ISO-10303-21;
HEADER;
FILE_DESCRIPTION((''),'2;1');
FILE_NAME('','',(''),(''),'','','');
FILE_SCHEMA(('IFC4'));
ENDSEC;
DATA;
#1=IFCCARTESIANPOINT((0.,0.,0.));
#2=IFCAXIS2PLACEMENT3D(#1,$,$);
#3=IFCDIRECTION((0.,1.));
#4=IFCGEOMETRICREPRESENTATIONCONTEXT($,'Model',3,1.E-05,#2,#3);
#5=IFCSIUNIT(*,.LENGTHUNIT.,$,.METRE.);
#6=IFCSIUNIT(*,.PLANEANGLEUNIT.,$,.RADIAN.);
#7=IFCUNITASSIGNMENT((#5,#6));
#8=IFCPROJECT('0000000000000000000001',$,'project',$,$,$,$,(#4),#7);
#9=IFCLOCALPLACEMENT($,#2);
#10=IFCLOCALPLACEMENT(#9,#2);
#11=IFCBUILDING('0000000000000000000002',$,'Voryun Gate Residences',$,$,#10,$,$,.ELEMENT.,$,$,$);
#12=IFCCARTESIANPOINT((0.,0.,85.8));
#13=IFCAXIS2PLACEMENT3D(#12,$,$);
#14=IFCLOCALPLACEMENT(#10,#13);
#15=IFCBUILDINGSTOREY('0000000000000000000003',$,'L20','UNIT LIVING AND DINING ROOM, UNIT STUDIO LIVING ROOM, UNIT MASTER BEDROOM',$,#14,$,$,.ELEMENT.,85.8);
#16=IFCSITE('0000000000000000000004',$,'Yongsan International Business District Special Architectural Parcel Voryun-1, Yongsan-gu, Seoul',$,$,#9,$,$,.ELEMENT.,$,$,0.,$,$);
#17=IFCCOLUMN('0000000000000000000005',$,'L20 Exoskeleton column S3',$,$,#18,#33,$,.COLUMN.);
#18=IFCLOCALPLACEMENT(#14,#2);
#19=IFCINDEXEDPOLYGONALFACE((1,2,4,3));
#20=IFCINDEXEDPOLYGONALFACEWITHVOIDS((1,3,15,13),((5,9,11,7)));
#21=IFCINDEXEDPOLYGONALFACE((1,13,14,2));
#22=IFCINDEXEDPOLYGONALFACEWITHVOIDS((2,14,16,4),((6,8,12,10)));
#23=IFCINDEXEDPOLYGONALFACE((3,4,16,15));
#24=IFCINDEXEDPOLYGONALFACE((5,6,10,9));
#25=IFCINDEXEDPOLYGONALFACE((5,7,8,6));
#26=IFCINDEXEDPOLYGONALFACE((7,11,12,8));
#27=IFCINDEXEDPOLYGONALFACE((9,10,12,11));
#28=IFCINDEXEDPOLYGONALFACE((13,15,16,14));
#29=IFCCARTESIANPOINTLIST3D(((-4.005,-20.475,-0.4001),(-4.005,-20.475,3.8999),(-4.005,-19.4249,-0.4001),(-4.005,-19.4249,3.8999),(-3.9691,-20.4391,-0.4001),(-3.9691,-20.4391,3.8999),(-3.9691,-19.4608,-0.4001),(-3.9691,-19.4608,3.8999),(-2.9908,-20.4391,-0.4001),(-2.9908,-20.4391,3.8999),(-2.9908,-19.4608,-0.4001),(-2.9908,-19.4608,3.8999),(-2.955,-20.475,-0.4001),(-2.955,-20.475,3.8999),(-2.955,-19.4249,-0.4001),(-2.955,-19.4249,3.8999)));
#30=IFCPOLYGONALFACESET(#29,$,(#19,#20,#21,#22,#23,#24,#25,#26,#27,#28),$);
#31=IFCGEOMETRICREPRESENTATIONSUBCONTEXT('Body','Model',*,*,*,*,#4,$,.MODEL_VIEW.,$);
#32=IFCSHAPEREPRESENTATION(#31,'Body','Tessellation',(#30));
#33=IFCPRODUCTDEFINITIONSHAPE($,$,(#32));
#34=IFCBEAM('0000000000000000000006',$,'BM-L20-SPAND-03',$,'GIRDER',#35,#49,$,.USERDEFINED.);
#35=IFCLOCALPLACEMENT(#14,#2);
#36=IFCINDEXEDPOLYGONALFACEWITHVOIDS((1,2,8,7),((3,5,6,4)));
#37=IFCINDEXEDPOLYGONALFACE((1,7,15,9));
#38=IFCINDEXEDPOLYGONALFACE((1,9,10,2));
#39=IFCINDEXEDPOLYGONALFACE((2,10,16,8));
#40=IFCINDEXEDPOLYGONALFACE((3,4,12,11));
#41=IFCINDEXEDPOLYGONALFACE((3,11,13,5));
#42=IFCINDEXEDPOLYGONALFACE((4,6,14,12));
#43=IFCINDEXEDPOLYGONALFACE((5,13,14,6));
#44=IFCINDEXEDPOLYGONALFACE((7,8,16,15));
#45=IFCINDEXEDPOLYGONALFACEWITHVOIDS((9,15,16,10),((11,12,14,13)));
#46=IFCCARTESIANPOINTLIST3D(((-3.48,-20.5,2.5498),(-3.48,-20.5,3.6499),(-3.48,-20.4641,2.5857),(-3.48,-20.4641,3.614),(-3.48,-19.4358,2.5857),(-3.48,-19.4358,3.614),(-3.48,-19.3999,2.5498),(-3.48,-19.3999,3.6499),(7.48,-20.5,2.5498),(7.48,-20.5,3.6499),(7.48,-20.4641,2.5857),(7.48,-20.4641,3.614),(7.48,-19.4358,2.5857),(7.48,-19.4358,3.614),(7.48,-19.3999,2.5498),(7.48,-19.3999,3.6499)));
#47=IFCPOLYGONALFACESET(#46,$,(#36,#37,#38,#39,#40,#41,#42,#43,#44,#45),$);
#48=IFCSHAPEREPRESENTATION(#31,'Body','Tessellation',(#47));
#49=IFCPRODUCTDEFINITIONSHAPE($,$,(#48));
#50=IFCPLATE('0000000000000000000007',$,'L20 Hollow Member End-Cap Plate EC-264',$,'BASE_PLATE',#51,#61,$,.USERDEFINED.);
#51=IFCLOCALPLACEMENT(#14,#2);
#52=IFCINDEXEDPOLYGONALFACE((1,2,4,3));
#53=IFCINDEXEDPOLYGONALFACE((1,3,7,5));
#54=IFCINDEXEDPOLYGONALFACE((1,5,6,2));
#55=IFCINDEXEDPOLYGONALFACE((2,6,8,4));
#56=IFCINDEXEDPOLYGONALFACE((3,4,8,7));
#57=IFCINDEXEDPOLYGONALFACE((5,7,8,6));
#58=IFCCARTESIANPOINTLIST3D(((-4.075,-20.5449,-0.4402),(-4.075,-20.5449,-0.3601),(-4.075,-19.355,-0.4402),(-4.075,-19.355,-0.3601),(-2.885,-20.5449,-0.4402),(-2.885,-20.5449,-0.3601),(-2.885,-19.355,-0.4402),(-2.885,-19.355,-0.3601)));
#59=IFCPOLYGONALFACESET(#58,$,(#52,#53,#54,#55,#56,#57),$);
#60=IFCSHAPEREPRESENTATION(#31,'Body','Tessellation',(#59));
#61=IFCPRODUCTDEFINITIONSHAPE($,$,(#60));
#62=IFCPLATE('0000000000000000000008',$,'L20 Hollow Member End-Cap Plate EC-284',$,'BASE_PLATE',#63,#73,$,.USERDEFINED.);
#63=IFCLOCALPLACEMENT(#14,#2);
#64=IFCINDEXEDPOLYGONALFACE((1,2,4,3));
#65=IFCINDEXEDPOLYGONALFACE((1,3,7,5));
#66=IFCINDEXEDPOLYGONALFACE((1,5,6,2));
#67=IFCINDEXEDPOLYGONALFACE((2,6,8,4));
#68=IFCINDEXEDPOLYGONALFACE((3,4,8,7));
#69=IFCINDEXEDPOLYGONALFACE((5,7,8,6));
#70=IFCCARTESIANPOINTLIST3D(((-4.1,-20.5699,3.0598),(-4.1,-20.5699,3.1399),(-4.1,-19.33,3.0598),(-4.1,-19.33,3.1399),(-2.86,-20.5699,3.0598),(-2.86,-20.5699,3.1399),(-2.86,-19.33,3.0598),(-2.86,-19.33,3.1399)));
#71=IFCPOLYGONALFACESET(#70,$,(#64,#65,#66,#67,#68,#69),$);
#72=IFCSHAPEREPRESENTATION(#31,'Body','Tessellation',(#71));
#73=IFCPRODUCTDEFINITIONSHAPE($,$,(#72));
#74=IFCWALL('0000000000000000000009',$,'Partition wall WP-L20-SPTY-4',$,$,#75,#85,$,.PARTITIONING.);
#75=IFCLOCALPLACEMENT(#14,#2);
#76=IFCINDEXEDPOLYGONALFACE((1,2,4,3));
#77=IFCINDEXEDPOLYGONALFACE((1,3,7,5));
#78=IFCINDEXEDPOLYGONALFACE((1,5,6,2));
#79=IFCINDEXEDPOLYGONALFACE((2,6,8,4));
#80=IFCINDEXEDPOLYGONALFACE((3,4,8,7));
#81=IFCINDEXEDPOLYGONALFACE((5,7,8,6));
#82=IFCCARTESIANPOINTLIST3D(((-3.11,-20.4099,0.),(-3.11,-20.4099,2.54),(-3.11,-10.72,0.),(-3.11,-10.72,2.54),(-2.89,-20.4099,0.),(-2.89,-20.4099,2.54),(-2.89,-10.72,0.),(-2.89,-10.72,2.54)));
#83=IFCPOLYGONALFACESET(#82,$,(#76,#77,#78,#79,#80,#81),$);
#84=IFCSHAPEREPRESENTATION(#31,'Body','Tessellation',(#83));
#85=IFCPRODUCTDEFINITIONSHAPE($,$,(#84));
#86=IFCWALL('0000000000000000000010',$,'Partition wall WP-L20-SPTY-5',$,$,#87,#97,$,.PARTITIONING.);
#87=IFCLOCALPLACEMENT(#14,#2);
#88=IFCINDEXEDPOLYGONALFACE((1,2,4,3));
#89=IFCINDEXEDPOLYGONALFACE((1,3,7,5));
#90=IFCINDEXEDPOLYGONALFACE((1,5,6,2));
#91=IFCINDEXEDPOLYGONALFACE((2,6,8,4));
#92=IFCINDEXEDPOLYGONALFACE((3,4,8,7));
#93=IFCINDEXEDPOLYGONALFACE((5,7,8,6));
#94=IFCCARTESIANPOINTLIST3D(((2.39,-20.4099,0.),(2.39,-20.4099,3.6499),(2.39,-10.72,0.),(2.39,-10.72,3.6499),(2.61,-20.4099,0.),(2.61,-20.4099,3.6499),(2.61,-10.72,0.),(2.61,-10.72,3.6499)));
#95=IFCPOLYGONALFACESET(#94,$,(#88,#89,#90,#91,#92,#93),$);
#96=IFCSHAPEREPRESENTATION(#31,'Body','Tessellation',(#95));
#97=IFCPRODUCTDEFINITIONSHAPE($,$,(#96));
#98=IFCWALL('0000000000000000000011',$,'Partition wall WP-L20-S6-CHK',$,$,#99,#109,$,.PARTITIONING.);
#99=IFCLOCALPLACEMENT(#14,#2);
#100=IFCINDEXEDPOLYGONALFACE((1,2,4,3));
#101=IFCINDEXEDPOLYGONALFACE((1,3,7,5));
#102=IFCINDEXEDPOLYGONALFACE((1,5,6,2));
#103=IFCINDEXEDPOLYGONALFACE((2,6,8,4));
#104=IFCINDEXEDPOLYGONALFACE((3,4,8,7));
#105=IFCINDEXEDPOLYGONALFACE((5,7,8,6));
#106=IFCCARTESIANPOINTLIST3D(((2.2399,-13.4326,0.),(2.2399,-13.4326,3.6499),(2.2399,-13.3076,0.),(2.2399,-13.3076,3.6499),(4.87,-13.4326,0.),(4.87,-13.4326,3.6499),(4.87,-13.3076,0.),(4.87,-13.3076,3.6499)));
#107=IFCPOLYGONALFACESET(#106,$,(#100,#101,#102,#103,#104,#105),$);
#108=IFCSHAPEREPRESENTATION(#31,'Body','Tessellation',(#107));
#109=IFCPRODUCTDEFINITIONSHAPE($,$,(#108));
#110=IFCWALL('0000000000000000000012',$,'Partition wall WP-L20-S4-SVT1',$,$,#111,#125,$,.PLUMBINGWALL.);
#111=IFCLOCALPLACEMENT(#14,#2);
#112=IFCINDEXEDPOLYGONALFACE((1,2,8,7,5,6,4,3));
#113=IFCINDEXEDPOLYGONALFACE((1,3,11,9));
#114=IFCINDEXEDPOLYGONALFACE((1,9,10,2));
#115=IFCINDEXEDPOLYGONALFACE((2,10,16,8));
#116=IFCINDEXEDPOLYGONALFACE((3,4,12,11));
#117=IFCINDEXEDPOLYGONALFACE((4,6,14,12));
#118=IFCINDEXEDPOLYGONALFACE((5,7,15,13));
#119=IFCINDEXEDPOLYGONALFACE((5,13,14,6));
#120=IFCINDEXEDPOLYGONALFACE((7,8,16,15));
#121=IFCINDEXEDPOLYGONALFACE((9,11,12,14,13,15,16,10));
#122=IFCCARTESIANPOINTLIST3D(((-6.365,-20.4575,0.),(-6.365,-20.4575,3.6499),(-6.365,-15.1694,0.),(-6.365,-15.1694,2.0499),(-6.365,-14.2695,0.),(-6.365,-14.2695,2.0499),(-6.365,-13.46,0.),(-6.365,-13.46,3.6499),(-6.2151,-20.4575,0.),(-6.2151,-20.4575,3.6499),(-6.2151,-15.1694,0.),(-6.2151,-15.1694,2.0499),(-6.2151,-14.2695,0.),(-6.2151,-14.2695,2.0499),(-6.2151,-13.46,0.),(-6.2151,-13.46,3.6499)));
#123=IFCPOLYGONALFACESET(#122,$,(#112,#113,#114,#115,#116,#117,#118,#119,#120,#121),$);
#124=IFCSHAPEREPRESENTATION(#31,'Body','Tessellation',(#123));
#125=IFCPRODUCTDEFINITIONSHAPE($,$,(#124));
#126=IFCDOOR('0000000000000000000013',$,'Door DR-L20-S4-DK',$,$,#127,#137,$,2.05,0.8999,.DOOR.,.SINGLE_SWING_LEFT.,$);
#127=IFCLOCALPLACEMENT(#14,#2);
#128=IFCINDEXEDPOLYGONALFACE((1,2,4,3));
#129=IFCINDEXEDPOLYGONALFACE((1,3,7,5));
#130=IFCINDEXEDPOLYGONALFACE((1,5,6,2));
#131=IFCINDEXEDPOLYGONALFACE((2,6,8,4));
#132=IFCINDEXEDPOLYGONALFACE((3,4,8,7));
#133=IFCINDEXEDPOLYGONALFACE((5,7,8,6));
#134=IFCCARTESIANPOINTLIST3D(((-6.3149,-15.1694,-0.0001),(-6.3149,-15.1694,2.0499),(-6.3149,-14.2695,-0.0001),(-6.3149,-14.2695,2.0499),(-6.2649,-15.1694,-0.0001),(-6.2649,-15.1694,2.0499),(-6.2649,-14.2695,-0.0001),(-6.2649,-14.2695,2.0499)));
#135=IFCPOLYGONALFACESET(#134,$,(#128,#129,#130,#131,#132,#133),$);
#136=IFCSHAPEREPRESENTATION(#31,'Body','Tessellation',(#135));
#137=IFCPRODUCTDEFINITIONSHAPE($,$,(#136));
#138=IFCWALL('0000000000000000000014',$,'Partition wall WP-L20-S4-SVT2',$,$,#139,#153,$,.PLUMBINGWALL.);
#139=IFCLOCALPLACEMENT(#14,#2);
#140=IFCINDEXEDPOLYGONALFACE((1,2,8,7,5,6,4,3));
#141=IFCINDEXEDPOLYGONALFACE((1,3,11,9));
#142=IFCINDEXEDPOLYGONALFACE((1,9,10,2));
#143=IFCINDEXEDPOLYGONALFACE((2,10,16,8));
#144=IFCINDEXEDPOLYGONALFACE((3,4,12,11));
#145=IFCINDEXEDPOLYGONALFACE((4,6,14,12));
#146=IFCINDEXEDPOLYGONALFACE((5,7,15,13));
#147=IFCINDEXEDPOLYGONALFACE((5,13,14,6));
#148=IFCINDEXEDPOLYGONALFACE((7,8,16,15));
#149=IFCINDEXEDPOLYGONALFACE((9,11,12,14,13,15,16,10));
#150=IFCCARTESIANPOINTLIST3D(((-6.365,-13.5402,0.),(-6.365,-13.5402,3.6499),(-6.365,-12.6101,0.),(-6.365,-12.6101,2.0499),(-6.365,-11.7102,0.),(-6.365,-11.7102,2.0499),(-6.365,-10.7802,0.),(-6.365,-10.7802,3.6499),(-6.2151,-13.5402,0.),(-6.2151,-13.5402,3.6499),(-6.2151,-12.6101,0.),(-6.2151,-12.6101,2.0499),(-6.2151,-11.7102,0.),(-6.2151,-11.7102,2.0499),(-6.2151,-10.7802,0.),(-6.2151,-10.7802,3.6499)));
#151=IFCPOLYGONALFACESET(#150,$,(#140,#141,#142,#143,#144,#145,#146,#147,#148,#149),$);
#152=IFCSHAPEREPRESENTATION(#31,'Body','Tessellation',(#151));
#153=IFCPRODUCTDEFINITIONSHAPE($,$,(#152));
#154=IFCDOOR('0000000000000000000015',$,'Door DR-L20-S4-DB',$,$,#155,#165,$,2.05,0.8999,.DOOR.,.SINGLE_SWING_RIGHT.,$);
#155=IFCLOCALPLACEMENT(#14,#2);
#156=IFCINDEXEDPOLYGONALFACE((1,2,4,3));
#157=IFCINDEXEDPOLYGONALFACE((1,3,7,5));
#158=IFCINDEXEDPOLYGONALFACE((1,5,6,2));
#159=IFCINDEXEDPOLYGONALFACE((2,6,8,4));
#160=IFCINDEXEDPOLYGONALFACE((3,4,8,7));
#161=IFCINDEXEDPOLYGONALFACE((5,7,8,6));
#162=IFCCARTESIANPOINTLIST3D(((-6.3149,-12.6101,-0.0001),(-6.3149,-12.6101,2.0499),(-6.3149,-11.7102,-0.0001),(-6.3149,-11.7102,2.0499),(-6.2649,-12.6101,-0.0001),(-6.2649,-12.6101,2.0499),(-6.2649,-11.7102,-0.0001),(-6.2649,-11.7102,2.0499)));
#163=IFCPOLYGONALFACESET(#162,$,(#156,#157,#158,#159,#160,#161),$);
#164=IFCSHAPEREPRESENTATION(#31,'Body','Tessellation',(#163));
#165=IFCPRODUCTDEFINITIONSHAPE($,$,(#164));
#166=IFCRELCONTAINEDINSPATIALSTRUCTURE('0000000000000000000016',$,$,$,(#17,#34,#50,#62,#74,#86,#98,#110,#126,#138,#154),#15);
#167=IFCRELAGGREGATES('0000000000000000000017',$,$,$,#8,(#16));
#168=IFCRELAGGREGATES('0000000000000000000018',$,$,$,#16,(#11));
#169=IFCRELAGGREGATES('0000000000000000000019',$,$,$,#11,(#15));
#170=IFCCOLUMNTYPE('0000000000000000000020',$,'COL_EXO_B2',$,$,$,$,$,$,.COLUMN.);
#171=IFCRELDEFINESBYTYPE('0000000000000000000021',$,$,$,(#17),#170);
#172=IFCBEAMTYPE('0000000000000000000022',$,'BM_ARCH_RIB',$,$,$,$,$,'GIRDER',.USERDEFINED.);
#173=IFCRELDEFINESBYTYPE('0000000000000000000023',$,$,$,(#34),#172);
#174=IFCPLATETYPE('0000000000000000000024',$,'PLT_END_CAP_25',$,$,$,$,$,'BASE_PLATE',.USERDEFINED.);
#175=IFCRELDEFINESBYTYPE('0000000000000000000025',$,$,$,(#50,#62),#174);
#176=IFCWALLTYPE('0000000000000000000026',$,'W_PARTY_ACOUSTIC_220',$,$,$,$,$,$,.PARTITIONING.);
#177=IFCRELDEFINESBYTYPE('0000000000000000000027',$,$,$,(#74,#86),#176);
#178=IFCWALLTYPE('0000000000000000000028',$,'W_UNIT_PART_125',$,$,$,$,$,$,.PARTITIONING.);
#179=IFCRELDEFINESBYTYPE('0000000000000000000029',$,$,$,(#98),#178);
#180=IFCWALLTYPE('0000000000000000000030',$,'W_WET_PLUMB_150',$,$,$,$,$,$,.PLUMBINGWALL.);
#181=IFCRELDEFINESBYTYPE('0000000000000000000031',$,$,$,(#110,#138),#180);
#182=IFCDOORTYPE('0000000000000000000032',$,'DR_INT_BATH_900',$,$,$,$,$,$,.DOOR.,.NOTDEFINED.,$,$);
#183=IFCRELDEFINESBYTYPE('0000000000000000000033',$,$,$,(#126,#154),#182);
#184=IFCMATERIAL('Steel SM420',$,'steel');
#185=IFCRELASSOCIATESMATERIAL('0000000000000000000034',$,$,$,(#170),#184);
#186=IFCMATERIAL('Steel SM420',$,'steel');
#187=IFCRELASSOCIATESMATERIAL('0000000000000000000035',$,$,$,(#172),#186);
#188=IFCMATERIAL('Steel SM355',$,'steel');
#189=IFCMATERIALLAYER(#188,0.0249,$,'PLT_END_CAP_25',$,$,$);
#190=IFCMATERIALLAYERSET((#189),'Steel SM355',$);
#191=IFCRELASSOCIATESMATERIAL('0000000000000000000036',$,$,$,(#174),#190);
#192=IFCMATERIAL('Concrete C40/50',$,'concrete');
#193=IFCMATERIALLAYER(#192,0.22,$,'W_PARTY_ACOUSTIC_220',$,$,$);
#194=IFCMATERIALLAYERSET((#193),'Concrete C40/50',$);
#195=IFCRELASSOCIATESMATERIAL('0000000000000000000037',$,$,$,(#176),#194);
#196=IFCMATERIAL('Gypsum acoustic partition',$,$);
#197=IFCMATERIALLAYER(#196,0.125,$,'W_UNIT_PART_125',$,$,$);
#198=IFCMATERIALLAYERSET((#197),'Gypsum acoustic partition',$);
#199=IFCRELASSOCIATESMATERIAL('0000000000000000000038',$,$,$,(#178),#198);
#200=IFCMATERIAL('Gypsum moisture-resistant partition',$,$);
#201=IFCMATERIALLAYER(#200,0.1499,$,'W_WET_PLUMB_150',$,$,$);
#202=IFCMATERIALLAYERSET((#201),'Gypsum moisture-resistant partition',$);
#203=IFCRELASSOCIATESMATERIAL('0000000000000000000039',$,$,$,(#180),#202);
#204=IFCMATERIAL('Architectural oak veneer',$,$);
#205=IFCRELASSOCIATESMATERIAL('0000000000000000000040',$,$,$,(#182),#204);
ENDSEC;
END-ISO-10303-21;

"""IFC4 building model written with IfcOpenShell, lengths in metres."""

from ifc_helpers import new_model, si_unit, direction, frame, frame_2d, origin, origin_2d, place, context, subcontext, project, spatial, rectangle, hollow_rectangle, extrude, material, layer, layer_set, material_profile, profile_set, type_object, element, fill, save


model = new_model("IFC4")

# Units and contexts
model_context = context("Model", 3, precision=1e-05, world=origin(), true_north=direction((0.0, 1.0)))
body_context = subcontext(model_context, "Body", "Model", "MODEL_VIEW")
ifc_project = project(units=[si_unit("LENGTHUNIT", "METRE"), si_unit("PLANEANGLEUNIT", "RADIAN")], contexts=[model_context])

# Site, building, storey
site_placement = place(None, origin())
site = spatial("IfcSite", under=ifc_project, at=site_placement, Name="Yongsan International Business District Special Architectural Parcel Voryun-1, Yongsan-gu, Seoul", CompositionType="ELEMENT", RefElevation=0.0)
building_placement = place(site_placement, origin())
building = spatial("IfcBuilding", under=site, at=building_placement, Name="Voryun Gate Residences", CompositionType="ELEMENT")
storey_placement = place(building_placement, frame((0.0, 0.0, 85.8)))
storey = spatial("IfcBuildingStorey", under=building, at=storey_placement, Name="L20", Description="UNIT LIVING AND DINING ROOM, UNIT STUDIO LIVING ROOM, UNIT MASTER BEDROOM", CompositionType="ELEMENT", Elevation=85.8)

# Column
ifc_material_1 = material(Name="Steel SM420", Category="steel")
ifc_material_profile_1 = material_profile(ifc_material_1, hollow_rectangle(XDim=1.05, YDim=1.05, WallThickness=0.0359, at=origin_2d()), Name="BOX-1050x1050x36")
ifc_profile_set_1 = profile_set([ifc_material_profile_1], Name="Steel SM420")
column_type = type_object("IfcColumnType", Name="COL_EXO_B2", PredefinedType="COLUMN", material=ifc_profile_set_1)
column_placement = place(storey_placement, frame((-3.48, -19.95, -0.4001), z_axis=(0.0, 0.0, 1.0), x_axis=(1.0, 0.0, 0.0)))
element("IfcColumn", 1, at=column_placement, inside=storey, type_object=column_type, Name="L20 Exoskeleton column S3", PredefinedType="COLUMN", context=body_context, shape_type="SweptSolid", body=[
    extrude(hollow_rectangle(XDim=1.05, YDim=1.05, WallThickness=0.0359, at=origin_2d()), origin(), (0.0, 0.0, 1.0), 4.3),
])

# Beam
ifc_material_2 = material(Name="Steel SM420", Category="steel")
ifc_material_profile_2 = material_profile(ifc_material_2, hollow_rectangle(XDim=1.1001, YDim=1.1001, WallThickness=0.0359, at=origin_2d()), Name="BOX-1100x1100x36")
ifc_profile_set_2 = profile_set([ifc_material_profile_2], Name="Steel SM420")
beam_type = type_object("IfcBeamType", Name="BM_ARCH_RIB", ElementType="GIRDER", PredefinedType="USERDEFINED", material=ifc_profile_set_2)
beam_placement = place(storey_placement, frame((-3.48, -19.95, 3.0999), z_axis=(1.0, 0.0, 0.0), x_axis=(0.0, 1.0, 0.0)))
element("IfcBeam", 2, at=beam_placement, inside=storey, type_object=beam_type, Name="BM-L20-SPAND-03", ObjectType="GIRDER", PredefinedType="USERDEFINED", context=body_context, shape_type="SweptSolid", body=[
    extrude(hollow_rectangle(XDim=1.1001, YDim=1.1001, WallThickness=0.0359, at=origin_2d()), origin(), (0.0, 0.0, 1.0), 10.96),
])

# Plates
ifc_material_3 = material(Name="Steel SM355", Category="steel")
ifc_layer_1 = layer(ifc_material_3, 0.0249, Name="PLT_END_CAP_25")
ifc_layer_set_1 = layer_set([ifc_layer_1], Name="Steel SM355")
plate_type = type_object("IfcPlateType", Name="PLT_END_CAP_25", ElementType="BASE_PLATE", PredefinedType="USERDEFINED", material=ifc_layer_set_1)
plate_1_placement = place(storey_placement, frame((-3.48, -19.95, -0.4402), z_axis=(0.0, 0.0, 1.0), x_axis=(1.0, 0.0, 0.0)))
element("IfcPlate", 3, at=plate_1_placement, inside=storey, type_object=plate_type, Name="L20 Hollow Member End-Cap Plate EC-264", ObjectType="BASE_PLATE", PredefinedType="USERDEFINED", context=body_context, shape_type="SweptSolid", body=[
    extrude(rectangle(XDim=1.1899, YDim=1.1899, at=origin_2d()), origin(), (0.0, 0.0, 1.0), 0.0801),
])
plate_2_placement = place(storey_placement, frame((-3.48, -19.95, 3.0598), z_axis=(0.0, 0.0, 1.0), x_axis=(1.0, 0.0, 0.0)))
element("IfcPlate", 4, at=plate_2_placement, inside=storey, type_object=plate_type, Name="L20 Hollow Member End-Cap Plate EC-284", ObjectType="BASE_PLATE", PredefinedType="USERDEFINED", context=body_context, shape_type="SweptSolid", body=[
    extrude(rectangle(XDim=1.24, YDim=1.24, at=origin_2d()), origin(), (0.0, 0.0, 1.0), 0.0801),
])

# Walls
ifc_material_4 = material(Name="Concrete C40/50", Category="concrete")
ifc_layer_2 = layer(ifc_material_4, 0.22, Name="W_PARTY_ACOUSTIC_220")
ifc_layer_set_2 = layer_set([ifc_layer_2], Name="Concrete C40/50")
wall_type_1 = type_object("IfcWallType", Name="W_PARTY_ACOUSTIC_220", PredefinedType="PARTITIONING", material=ifc_layer_set_2)
wall_1_placement = place(storey_placement, frame((-3.0, -20.4099, 0.0), z_axis=(0.0, 0.0, 1.0), x_axis=(0.0, 1.0, 0.0)))
element("IfcWall", 5, at=wall_1_placement, inside=storey, type_object=wall_type_1, Name="Partition wall WP-L20-SPTY-4", PredefinedType="PARTITIONING", context=body_context, shape_type="SweptSolid", body=[
    extrude(rectangle(XDim=9.6899, YDim=0.22, at=frame_2d((4.845, 0.0))), origin(), (0.0, 0.0, 1.0), 2.54),
])
wall_2_placement = place(storey_placement, frame((2.5, -20.4099, 0.0), z_axis=(0.0, 0.0, 1.0), x_axis=(0.0, 1.0, 0.0)))
element("IfcWall", 6, at=wall_2_placement, inside=storey, type_object=wall_type_1, Name="Partition wall WP-L20-SPTY-5", PredefinedType="PARTITIONING", context=body_context, shape_type="SweptSolid", body=[
    extrude(rectangle(XDim=9.6899, YDim=0.22, at=frame_2d((4.845, 0.0))), origin(), (0.0, 0.0, 1.0), 3.6499),
])
ifc_material_5 = material(Name="Gypsum acoustic partition")
ifc_layer_3 = layer(ifc_material_5, 0.125, Name="W_UNIT_PART_125")
ifc_layer_set_3 = layer_set([ifc_layer_3], Name="Gypsum acoustic partition")
wall_type_2 = type_object("IfcWallType", Name="W_UNIT_PART_125", PredefinedType="PARTITIONING", material=ifc_layer_set_3)
wall_3_placement = place(storey_placement, frame((2.24, -13.3701, 0.0), z_axis=(0.0, 0.0, 1.0), x_axis=(1.0, 0.0, 0.0)))
element("IfcWall", 7, at=wall_3_placement, inside=storey, type_object=wall_type_2, Name="Partition wall WP-L20-S6-CHK", PredefinedType="PARTITIONING", context=body_context, shape_type="SweptSolid", body=[
    extrude(rectangle(XDim=2.6301, YDim=0.125, at=frame_2d((1.3149, 0.0))), origin(), (0.0, 0.0, 1.0), 3.6499),
])

# Walls, openings, doors
ifc_material_6 = material(Name="Gypsum moisture-resistant partition")
ifc_layer_4 = layer(ifc_material_6, 0.1499, Name="W_WET_PLUMB_150")
ifc_layer_set_4 = layer_set([ifc_layer_4], Name="Gypsum moisture-resistant partition")
wall_type_3 = type_object("IfcWallType", Name="W_WET_PLUMB_150", PredefinedType="PLUMBINGWALL", material=ifc_layer_set_4)
wall_4_placement = place(storey_placement, frame((-6.29, -20.4575, 0.0), z_axis=(0.0, 0.0, 1.0), x_axis=(0.0, 1.0, 0.0)))
wall_4 = element("IfcWall", 8, at=wall_4_placement, inside=storey, type_object=wall_type_3, Name="Partition wall WP-L20-S4-SVT1", PredefinedType="PLUMBINGWALL", context=body_context, shape_type="SweptSolid", body=[
    extrude(rectangle(XDim=6.9976, YDim=0.1499, at=frame_2d((3.4988, 0.0))), origin(), (0.0, 0.0, 1.0), 3.6499),
])
opening_1_placement = place(wall_4_placement, frame((5.2881, 0.0, 0.0)))
opening_1 = element("IfcOpeningElement", 9, at=opening_1_placement, cuts=wall_4, PredefinedType="OPENING", context=body_context, shape_type="SweptSolid", body=[
    extrude(rectangle(XDim=0.8999, YDim=2.05, at=frame_2d((0.45, 1.0249))), frame((0.0, 0.085, 0.0), z_axis=(0.0, -1.0, 0.0), x_axis=(1.0, 0.0, 0.0)), (0.0, 0.0, 1.0), 0.1699),
])
ifc_material_7 = material(Name="Architectural oak veneer")
door_type = type_object("IfcDoorType", Name="DR_INT_BATH_900", OperationType="NOTDEFINED", PredefinedType="DOOR", material=ifc_material_7)
door_1_placement = place(opening_1_placement, origin())
door_1 = element("IfcDoor", 10, at=door_1_placement, inside=storey, type_object=door_type, Name="Door DR-L20-S4-DK", OperationType="SINGLE_SWING_LEFT", OverallHeight=2.05, OverallWidth=0.8999, PredefinedType="DOOR", context=body_context, shape_type="SweptSolid", body=[
    extrude(rectangle(XDim=0.8999, YDim=2.05, at=frame_2d((0.45, 1.0249))), frame((0.0, 0.0249, 0.0), z_axis=(0.0, -1.0, 0.0), x_axis=(1.0, 0.0, 0.0)), (0.0, 0.0, 1.0), 0.05),
])
fill(opening_1, door_1)
wall_5_placement = place(storey_placement, frame((-6.29, -13.54, 0.0), z_axis=(0.0, 0.0, 1.0), x_axis=(0.0, 1.0, 0.0)))
wall_5 = element("IfcWall", 11, at=wall_5_placement, inside=storey, type_object=wall_type_3, Name="Partition wall WP-L20-S4-SVT2", PredefinedType="PLUMBINGWALL", context=body_context, shape_type="SweptSolid", body=[
    extrude(rectangle(XDim=2.76, YDim=0.1499, at=frame_2d((1.3799, 0.0))), origin(), (0.0, 0.0, 1.0), 3.6499),
])
opening_2_placement = place(wall_5_placement, frame((0.9299, 0.0, 0.0)))
opening_2 = element("IfcOpeningElement", 12, at=opening_2_placement, cuts=wall_5, PredefinedType="OPENING", context=body_context, shape_type="SweptSolid", body=[
    extrude(rectangle(XDim=0.8999, YDim=2.05, at=frame_2d((0.45, 1.0249))), frame((0.0, 0.085, 0.0), z_axis=(0.0, -1.0, 0.0), x_axis=(1.0, 0.0, 0.0)), (0.0, 0.0, 1.0), 0.1699),
])
door_2_placement = place(opening_2_placement, origin())
door_2 = element("IfcDoor", 13, at=door_2_placement, inside=storey, type_object=door_type, Name="Door DR-L20-S4-DB", OperationType="SINGLE_SWING_RIGHT", OverallHeight=2.05, OverallWidth=0.8999, PredefinedType="DOOR", context=body_context, shape_type="SweptSolid", body=[
    extrude(rectangle(XDim=0.8999, YDim=2.05, at=frame_2d((0.45, 1.0249))), frame((0.0, 0.0249, 0.0), z_axis=(0.0, -1.0, 0.0), x_axis=(1.0, 0.0, 0.0)), (0.0, 0.0, 1.0), 0.05),
])
fill(opening_2, door_2)

save(model, "model.ifc")
